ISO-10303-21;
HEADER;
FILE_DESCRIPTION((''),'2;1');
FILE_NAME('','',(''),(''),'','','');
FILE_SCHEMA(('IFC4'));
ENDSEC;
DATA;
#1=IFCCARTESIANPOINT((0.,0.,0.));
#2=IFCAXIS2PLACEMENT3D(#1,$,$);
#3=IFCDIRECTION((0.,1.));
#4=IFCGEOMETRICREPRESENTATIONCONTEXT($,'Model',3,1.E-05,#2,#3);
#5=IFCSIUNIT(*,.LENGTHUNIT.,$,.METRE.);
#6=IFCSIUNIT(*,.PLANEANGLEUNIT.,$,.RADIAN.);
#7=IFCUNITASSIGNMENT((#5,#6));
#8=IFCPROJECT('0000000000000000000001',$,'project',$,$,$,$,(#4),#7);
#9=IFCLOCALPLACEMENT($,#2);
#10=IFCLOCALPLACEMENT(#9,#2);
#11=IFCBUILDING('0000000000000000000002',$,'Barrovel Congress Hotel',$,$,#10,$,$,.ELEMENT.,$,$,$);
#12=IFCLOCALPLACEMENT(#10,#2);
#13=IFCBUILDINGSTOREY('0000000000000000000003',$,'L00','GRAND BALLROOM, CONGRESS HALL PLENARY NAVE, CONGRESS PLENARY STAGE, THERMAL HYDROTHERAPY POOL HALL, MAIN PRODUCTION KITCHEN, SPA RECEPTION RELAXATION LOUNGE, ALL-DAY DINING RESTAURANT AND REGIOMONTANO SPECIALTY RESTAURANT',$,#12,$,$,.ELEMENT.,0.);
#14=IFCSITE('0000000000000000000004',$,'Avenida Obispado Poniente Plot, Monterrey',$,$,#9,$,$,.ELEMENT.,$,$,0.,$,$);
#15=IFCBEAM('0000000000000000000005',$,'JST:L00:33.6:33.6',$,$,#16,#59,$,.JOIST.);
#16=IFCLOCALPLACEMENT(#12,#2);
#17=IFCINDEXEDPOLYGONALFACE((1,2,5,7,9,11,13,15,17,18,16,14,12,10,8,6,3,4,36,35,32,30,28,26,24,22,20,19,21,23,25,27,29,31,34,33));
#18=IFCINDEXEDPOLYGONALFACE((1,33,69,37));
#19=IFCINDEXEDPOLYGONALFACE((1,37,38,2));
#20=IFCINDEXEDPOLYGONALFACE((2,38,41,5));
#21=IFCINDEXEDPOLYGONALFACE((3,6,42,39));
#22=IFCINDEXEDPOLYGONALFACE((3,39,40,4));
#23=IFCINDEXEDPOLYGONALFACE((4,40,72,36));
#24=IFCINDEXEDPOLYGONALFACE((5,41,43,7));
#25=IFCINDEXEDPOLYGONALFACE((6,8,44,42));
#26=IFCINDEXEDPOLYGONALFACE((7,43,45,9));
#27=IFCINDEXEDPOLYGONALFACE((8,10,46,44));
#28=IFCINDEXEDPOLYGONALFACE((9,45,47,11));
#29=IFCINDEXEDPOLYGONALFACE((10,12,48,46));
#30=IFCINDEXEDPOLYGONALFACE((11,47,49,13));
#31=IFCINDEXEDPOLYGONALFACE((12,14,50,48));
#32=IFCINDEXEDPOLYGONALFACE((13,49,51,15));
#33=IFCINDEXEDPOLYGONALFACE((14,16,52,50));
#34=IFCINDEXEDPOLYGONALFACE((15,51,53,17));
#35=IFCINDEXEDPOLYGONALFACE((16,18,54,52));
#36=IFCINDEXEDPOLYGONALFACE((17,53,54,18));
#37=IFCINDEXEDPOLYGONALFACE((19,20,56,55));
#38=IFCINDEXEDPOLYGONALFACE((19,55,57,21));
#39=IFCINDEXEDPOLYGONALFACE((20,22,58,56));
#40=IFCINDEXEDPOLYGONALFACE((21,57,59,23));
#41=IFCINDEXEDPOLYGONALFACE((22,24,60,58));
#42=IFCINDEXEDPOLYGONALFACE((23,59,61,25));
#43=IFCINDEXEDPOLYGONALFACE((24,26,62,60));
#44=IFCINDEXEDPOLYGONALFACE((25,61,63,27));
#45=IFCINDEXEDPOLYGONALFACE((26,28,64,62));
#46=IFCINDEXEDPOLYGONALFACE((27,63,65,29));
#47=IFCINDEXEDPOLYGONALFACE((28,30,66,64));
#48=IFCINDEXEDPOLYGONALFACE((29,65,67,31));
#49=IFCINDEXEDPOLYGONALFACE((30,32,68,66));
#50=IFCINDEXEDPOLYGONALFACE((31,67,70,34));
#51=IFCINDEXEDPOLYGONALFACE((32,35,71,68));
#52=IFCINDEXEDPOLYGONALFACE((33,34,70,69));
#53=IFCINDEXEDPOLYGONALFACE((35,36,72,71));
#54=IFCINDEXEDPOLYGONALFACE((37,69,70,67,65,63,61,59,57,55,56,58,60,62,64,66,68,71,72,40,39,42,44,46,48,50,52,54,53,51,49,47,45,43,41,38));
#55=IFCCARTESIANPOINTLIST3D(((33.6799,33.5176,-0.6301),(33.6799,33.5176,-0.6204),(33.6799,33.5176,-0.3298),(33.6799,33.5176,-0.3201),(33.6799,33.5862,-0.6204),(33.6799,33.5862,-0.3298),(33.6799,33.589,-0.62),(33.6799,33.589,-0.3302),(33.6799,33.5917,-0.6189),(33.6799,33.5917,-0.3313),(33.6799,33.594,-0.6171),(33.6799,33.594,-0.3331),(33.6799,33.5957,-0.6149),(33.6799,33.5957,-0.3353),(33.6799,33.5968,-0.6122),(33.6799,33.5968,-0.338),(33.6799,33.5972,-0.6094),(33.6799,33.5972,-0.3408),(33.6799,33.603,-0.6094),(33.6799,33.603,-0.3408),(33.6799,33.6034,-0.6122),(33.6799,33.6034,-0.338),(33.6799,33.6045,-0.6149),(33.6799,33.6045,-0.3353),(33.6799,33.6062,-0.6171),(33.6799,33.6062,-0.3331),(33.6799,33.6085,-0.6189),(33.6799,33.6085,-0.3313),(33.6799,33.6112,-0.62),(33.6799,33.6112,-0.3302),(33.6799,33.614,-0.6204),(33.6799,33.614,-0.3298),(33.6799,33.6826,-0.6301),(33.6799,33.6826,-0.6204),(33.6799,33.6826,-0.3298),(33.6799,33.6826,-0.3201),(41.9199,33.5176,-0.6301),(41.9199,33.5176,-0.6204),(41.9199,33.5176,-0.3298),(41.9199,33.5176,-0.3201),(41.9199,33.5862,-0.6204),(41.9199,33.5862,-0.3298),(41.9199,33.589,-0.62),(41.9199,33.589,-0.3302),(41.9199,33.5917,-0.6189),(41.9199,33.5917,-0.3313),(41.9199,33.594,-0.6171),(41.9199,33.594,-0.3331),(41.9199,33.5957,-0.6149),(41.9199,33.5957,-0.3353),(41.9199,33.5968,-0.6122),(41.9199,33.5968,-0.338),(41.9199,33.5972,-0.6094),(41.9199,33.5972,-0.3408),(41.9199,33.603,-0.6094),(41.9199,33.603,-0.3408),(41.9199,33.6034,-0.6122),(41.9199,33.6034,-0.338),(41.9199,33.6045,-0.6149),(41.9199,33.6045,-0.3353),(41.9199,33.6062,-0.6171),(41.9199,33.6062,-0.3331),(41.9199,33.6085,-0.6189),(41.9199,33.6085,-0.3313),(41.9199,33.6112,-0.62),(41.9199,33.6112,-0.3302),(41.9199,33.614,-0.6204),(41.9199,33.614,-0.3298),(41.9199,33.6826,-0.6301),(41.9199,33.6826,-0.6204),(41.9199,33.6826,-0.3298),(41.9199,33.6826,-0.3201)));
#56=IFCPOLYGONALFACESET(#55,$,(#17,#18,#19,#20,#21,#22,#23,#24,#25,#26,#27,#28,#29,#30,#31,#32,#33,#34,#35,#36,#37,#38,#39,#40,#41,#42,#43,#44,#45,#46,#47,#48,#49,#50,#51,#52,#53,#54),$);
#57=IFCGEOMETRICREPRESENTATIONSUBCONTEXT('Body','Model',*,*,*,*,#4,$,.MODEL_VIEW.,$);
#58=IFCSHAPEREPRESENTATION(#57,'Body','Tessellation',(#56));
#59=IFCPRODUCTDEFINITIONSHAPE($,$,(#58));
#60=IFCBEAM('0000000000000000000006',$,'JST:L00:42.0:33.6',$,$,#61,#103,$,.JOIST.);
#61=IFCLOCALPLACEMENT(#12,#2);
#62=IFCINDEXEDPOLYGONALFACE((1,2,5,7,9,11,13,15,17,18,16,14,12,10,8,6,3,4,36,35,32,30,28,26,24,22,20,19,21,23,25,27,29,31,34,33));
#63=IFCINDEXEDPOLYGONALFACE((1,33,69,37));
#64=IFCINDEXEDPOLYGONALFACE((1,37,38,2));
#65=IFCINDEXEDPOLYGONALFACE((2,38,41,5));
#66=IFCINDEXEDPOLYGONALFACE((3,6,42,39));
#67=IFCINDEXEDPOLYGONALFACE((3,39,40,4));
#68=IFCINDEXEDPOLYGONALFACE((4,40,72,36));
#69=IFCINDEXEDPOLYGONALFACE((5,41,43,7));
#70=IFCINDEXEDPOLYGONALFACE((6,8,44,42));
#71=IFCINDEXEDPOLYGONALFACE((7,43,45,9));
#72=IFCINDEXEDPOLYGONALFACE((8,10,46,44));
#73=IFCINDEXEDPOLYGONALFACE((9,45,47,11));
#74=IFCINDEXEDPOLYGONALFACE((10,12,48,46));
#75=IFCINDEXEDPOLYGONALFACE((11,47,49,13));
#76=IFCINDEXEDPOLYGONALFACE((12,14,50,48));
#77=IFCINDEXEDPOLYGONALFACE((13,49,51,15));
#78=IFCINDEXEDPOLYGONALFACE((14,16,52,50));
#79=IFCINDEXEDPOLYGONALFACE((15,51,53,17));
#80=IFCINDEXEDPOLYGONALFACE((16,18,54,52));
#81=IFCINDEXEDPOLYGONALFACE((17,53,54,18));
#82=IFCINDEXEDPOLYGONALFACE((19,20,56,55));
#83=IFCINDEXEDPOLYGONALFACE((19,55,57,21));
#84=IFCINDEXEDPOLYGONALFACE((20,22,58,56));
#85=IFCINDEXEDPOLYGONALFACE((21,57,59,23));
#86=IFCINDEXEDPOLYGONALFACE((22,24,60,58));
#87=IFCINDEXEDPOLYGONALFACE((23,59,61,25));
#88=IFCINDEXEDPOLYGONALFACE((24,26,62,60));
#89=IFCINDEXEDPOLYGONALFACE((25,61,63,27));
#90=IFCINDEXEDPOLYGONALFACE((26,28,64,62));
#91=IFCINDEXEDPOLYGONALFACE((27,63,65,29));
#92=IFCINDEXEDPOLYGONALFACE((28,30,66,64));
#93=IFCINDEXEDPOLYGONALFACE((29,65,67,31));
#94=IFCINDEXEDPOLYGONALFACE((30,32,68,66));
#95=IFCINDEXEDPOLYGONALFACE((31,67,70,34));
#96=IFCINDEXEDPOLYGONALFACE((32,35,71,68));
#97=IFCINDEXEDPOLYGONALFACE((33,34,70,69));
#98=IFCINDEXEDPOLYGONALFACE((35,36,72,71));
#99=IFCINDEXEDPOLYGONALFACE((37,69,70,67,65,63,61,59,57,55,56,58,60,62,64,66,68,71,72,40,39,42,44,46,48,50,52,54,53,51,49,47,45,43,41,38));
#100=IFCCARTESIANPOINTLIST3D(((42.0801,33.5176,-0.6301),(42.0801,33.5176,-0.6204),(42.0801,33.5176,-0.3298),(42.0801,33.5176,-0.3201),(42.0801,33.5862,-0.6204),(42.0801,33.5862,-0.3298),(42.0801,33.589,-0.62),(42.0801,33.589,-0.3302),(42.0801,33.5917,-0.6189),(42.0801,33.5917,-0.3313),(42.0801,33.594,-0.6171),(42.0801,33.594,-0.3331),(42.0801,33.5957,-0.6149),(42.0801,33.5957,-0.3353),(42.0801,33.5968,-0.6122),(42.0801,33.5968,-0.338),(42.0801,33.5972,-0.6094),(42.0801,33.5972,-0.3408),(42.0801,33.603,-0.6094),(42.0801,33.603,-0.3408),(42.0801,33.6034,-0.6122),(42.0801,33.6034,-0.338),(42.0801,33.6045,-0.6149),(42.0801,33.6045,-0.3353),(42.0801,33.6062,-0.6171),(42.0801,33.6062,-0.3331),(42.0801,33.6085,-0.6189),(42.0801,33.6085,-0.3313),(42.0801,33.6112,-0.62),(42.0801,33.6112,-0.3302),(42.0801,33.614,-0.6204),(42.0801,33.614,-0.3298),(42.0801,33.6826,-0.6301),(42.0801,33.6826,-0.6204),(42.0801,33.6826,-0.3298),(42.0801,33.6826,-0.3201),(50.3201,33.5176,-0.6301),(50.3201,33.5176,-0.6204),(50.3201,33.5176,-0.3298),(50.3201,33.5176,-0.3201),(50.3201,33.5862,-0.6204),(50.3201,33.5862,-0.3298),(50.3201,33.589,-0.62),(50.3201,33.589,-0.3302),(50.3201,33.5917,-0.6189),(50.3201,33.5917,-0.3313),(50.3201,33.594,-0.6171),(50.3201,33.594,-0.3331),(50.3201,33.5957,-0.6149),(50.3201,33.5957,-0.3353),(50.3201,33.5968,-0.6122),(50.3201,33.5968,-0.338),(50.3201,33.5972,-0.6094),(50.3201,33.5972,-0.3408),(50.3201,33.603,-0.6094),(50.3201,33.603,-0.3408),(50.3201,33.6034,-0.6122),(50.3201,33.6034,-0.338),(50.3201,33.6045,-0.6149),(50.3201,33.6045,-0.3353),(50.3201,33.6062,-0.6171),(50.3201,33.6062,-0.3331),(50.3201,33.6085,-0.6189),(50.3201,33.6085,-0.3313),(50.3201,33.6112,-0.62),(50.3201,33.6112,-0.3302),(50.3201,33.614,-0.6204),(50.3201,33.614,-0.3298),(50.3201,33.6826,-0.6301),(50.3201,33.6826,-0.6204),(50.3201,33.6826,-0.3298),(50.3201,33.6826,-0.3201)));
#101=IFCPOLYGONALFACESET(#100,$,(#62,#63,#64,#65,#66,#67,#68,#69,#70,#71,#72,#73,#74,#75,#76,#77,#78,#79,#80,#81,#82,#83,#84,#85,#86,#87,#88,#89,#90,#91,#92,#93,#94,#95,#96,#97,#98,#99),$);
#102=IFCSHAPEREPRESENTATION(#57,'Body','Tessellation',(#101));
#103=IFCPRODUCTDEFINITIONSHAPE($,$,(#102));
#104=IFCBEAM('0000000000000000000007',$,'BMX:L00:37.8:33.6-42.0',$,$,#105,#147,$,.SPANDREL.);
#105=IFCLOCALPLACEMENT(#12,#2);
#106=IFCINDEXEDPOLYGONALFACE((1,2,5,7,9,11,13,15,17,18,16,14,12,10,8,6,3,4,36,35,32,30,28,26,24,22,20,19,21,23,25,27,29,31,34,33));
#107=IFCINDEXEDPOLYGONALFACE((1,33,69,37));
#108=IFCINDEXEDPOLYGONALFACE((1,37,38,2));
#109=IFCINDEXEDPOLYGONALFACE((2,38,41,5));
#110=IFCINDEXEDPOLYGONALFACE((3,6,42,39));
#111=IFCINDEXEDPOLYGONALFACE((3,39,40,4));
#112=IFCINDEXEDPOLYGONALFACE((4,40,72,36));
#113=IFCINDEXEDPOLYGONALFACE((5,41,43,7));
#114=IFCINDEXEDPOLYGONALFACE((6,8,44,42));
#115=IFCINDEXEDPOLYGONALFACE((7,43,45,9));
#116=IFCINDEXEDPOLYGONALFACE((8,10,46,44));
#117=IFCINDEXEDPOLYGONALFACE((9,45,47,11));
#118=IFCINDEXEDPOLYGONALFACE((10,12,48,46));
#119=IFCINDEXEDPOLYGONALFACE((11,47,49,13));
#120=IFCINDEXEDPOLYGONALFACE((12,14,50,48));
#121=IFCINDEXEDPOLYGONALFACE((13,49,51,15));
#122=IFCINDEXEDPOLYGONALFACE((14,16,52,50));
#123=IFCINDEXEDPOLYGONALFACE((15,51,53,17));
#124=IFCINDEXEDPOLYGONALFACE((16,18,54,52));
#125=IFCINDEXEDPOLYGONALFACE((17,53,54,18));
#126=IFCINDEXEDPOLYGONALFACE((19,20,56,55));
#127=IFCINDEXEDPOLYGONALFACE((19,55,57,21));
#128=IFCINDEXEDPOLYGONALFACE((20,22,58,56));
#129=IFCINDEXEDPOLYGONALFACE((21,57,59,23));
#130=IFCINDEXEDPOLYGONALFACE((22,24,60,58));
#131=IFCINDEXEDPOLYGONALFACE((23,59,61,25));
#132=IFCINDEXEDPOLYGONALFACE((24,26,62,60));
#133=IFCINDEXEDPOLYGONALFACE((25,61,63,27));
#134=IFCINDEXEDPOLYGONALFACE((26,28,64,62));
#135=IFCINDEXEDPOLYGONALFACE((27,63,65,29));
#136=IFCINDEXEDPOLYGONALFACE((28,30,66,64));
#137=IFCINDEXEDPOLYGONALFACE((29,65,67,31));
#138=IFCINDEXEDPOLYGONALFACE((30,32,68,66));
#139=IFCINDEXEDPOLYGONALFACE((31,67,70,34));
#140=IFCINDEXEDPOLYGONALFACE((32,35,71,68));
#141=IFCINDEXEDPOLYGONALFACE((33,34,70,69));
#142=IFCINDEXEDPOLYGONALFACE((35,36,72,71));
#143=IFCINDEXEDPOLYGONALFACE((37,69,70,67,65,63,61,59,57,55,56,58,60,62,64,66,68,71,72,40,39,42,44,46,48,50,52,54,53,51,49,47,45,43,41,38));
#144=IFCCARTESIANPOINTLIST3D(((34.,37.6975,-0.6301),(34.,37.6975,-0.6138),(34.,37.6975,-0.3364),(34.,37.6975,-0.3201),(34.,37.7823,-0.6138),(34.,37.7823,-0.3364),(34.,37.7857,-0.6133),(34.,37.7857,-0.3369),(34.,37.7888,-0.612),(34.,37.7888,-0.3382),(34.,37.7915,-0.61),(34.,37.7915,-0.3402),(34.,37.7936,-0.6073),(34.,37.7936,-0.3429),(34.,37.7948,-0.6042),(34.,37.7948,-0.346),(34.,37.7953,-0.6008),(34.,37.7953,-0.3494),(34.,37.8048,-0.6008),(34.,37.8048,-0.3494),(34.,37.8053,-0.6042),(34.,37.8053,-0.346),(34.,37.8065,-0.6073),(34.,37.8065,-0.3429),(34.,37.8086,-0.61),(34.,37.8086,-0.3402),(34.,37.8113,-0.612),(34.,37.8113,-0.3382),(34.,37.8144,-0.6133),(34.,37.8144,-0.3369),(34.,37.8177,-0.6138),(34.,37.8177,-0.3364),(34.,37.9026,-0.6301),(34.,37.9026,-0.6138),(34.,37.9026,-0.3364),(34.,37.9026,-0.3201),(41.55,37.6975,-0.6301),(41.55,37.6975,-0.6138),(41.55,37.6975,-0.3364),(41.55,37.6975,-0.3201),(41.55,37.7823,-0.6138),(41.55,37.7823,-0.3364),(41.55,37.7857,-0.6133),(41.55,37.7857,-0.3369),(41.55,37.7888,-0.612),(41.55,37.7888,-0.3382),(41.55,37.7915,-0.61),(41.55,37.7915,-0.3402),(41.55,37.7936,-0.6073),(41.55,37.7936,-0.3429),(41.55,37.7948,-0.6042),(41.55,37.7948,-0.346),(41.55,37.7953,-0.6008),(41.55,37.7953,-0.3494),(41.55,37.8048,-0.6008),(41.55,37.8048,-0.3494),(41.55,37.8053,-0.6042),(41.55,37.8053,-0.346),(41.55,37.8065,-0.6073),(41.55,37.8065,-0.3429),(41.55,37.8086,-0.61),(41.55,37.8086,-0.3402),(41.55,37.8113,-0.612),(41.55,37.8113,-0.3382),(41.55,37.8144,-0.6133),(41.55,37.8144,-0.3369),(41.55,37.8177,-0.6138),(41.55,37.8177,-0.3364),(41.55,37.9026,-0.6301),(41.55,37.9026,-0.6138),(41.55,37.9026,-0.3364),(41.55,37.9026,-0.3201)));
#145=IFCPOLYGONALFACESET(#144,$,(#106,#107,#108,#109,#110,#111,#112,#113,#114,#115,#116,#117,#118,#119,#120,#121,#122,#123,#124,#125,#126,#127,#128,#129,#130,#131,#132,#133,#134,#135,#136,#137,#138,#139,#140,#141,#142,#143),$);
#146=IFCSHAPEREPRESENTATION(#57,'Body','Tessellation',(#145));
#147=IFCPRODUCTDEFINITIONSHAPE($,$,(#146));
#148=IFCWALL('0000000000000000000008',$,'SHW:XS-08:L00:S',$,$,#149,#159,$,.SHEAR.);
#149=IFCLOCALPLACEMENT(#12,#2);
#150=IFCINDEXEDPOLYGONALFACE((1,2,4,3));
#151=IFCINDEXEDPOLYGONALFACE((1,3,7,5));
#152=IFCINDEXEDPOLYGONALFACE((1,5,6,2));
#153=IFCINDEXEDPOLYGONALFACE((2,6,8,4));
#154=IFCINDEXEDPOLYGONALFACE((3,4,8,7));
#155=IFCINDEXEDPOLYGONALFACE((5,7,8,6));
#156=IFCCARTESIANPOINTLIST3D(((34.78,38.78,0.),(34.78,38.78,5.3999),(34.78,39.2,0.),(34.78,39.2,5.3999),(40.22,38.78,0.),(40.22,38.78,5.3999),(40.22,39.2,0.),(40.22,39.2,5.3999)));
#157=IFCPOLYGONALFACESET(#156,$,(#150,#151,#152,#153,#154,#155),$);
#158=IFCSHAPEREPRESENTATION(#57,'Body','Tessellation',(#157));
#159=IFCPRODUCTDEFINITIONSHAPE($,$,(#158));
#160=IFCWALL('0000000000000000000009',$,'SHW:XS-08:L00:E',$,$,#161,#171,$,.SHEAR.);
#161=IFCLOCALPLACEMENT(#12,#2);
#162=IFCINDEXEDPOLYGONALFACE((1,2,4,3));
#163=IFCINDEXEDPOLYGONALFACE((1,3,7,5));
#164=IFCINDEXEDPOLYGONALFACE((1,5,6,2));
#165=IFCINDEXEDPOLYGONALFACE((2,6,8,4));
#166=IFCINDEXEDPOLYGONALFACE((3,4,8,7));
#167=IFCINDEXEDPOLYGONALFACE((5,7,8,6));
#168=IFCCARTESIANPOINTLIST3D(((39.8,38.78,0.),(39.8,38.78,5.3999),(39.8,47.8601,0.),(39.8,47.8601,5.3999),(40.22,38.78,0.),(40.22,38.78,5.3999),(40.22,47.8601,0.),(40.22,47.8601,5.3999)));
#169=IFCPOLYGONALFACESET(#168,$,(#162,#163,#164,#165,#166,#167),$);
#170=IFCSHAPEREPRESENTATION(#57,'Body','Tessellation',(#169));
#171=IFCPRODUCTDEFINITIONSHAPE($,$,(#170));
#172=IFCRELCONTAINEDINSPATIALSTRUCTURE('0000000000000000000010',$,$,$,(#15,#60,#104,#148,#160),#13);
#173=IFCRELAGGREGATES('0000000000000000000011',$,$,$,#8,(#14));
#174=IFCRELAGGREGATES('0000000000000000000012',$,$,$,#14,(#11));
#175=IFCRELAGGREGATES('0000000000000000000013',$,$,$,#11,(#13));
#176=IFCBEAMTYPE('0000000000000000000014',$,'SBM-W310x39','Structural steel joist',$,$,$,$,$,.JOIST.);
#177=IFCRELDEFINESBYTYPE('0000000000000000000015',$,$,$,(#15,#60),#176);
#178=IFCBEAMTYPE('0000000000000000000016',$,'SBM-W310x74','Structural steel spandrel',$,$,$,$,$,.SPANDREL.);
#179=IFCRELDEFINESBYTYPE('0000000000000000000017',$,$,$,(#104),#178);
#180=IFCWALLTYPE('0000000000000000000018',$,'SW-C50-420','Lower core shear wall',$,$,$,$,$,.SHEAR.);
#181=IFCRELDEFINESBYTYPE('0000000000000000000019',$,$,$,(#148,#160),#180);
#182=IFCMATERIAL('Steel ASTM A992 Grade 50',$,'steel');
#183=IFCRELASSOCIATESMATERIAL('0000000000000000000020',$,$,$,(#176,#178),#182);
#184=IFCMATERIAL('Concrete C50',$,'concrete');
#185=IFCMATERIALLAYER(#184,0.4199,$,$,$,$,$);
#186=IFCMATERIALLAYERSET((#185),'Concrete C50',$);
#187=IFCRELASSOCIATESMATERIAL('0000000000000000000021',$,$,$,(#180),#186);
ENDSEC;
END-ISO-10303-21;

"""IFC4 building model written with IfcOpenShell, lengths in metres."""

from ifc_helpers import new_model, si_unit, direction, frame, frame_2d, origin, origin_2d, place, context, subcontext, project, spatial, rectangle, i_section, extrude, material, layer, layer_set, material_profile, profile_set, type_object, element, save


model = new_model("IFC4")

# Units and contexts
model_context = context("Model", 3, precision=1e-05, world=origin(), true_north=direction((0.0, 1.0)))
body_context = subcontext(model_context, "Body", "Model", "MODEL_VIEW")
ifc_project = project(units=[si_unit("LENGTHUNIT", "METRE"), si_unit("PLANEANGLEUNIT", "RADIAN")], contexts=[model_context])

# Site, building, storey
site_placement = place(None, origin())
site = spatial("IfcSite", under=ifc_project, at=site_placement, Name="Avenida Obispado Poniente Plot, Monterrey", CompositionType="ELEMENT", RefElevation=0.0)
building_placement = place(site_placement, origin())
building = spatial("IfcBuilding", under=site, at=building_placement, Name="Barrovel Congress Hotel", CompositionType="ELEMENT")
storey_placement = place(building_placement, origin())
storey = spatial("IfcBuildingStorey", under=building, at=storey_placement, Name="L00", Description="GRAND BALLROOM, CONGRESS HALL PLENARY NAVE, CONGRESS PLENARY STAGE, THERMAL HYDROTHERAPY POOL HALL, MAIN PRODUCTION KITCHEN, SPA RECEPTION RELAXATION LOUNGE, ALL-DAY DINING RESTAURANT AND REGIOMONTANO SPECIALTY RESTAURANT", CompositionType="ELEMENT", Elevation=0.0)

# Beams
ifc_material_1 = material(Name="Steel ASTM A992 Grade 50", Category="steel")
ifc_material_profile_1 = material_profile(ifc_material_1, i_section(OverallWidth=0.165, OverallDepth=0.3101, WebThickness=0.0059, FlangeThickness=0.0098, FilletRadius=0.011, at=origin_2d()), Name="W310x39")
ifc_profile_set_1 = profile_set([ifc_material_profile_1], Name="Steel ASTM A992 Grade 50")
beam_type_1 = type_object("IfcBeamType", Name="SBM-W310x39", Description="Structural steel joist", PredefinedType="JOIST", material=ifc_profile_set_1)
for number, where, z_axis, x_axis, name in (
    (1, (33.6799, 33.6001, -0.4751), (1.0, 0.0, 0.0), (0.0, 1.0, 0.0), "JST:L00:33.6:33.6"),
    (2, (42.0801, 33.6001, -0.4751), (1.0, 0.0, 0.0), (0.0, 1.0, 0.0), "JST:L00:42.0:33.6"),
):
    element("IfcBeam", number, at=place(storey_placement, frame(where, z_axis=z_axis, x_axis=x_axis)), inside=storey, type_object=beam_type_1, Name=name, PredefinedType="JOIST", context=body_context, shape_type="SweptSolid", body=[
        extrude(i_section(OverallWidth=0.165, OverallDepth=0.3101, WebThickness=0.0059, FlangeThickness=0.0098, FilletRadius=0.011, at=origin_2d()), origin(), (0.0, 0.0, 1.0), 8.24),
    ])
ifc_material_profile_2 = material_profile(ifc_material_1, i_section(OverallWidth=0.2051, OverallDepth=0.3101, WebThickness=0.0095, FlangeThickness=0.0164, FilletRadius=0.0129, at=origin_2d()), Name="W310x74")
ifc_profile_set_2 = profile_set([ifc_material_profile_2], Name="Steel ASTM A992 Grade 50")
beam_type_2 = type_object("IfcBeamType", Name="SBM-W310x74", Description="Structural steel spandrel", PredefinedType="SPANDREL", material=ifc_profile_set_2)
beam_1_placement = place(storey_placement, frame((34.0, 37.8, -0.4751), z_axis=(1.0, 0.0, 0.0), x_axis=(0.0, 1.0, 0.0)))
element("IfcBeam", 3, at=beam_1_placement, inside=storey, type_object=beam_type_2, Name="BMX:L00:37.8:33.6-42.0", PredefinedType="SPANDREL", context=body_context, shape_type="SweptSolid", body=[
    extrude(i_section(OverallWidth=0.2051, OverallDepth=0.3101, WebThickness=0.0095, FlangeThickness=0.0164, FilletRadius=0.0129, at=origin_2d()), origin(), (0.0, 0.0, 1.0), 7.55),
])

# Walls
ifc_material_2 = material(Name="Concrete C50", Category="concrete")
ifc_layer_1 = layer(ifc_material_2, 0.4199)
ifc_layer_set_1 = layer_set([ifc_layer_1], Name="Concrete C50")
wall_type = type_object("IfcWallType", Name="SW-C50-420", Description="Lower core shear wall", PredefinedType="SHEAR", material=ifc_layer_set_1)
wall_1_placement = place(storey_placement, frame((34.78, 38.99, 0.0), z_axis=(0.0, 0.0, 1.0), x_axis=(1.0, 0.0, 0.0)))
element("IfcWall", 4, at=wall_1_placement, inside=storey, type_object=wall_type, Name="SHW:XS-08:L00:S", PredefinedType="SHEAR", context=body_context, shape_type="SweptSolid", body=[
    extrude(rectangle(XDim=5.4399, YDim=0.4199, at=frame_2d((2.72, 0.0))), origin(), (0.0, 0.0, 1.0), 5.3999),
])
wall_2_placement = place(storey_placement, frame((40.01, 38.78, 0.0), z_axis=(0.0, 0.0, 1.0), x_axis=(0.0, 1.0, 0.0)))
element("IfcWall", 5, at=wall_2_placement, inside=storey, type_object=wall_type, Name="SHW:XS-08:L00:E", PredefinedType="SHEAR", context=body_context, shape_type="SweptSolid", body=[
    extrude(rectangle(XDim=9.0801, YDim=0.4199, at=frame_2d((4.54, 0.0))), origin(), (0.0, 0.0, 1.0), 5.3999),
])

save(model, "model.ifc")
